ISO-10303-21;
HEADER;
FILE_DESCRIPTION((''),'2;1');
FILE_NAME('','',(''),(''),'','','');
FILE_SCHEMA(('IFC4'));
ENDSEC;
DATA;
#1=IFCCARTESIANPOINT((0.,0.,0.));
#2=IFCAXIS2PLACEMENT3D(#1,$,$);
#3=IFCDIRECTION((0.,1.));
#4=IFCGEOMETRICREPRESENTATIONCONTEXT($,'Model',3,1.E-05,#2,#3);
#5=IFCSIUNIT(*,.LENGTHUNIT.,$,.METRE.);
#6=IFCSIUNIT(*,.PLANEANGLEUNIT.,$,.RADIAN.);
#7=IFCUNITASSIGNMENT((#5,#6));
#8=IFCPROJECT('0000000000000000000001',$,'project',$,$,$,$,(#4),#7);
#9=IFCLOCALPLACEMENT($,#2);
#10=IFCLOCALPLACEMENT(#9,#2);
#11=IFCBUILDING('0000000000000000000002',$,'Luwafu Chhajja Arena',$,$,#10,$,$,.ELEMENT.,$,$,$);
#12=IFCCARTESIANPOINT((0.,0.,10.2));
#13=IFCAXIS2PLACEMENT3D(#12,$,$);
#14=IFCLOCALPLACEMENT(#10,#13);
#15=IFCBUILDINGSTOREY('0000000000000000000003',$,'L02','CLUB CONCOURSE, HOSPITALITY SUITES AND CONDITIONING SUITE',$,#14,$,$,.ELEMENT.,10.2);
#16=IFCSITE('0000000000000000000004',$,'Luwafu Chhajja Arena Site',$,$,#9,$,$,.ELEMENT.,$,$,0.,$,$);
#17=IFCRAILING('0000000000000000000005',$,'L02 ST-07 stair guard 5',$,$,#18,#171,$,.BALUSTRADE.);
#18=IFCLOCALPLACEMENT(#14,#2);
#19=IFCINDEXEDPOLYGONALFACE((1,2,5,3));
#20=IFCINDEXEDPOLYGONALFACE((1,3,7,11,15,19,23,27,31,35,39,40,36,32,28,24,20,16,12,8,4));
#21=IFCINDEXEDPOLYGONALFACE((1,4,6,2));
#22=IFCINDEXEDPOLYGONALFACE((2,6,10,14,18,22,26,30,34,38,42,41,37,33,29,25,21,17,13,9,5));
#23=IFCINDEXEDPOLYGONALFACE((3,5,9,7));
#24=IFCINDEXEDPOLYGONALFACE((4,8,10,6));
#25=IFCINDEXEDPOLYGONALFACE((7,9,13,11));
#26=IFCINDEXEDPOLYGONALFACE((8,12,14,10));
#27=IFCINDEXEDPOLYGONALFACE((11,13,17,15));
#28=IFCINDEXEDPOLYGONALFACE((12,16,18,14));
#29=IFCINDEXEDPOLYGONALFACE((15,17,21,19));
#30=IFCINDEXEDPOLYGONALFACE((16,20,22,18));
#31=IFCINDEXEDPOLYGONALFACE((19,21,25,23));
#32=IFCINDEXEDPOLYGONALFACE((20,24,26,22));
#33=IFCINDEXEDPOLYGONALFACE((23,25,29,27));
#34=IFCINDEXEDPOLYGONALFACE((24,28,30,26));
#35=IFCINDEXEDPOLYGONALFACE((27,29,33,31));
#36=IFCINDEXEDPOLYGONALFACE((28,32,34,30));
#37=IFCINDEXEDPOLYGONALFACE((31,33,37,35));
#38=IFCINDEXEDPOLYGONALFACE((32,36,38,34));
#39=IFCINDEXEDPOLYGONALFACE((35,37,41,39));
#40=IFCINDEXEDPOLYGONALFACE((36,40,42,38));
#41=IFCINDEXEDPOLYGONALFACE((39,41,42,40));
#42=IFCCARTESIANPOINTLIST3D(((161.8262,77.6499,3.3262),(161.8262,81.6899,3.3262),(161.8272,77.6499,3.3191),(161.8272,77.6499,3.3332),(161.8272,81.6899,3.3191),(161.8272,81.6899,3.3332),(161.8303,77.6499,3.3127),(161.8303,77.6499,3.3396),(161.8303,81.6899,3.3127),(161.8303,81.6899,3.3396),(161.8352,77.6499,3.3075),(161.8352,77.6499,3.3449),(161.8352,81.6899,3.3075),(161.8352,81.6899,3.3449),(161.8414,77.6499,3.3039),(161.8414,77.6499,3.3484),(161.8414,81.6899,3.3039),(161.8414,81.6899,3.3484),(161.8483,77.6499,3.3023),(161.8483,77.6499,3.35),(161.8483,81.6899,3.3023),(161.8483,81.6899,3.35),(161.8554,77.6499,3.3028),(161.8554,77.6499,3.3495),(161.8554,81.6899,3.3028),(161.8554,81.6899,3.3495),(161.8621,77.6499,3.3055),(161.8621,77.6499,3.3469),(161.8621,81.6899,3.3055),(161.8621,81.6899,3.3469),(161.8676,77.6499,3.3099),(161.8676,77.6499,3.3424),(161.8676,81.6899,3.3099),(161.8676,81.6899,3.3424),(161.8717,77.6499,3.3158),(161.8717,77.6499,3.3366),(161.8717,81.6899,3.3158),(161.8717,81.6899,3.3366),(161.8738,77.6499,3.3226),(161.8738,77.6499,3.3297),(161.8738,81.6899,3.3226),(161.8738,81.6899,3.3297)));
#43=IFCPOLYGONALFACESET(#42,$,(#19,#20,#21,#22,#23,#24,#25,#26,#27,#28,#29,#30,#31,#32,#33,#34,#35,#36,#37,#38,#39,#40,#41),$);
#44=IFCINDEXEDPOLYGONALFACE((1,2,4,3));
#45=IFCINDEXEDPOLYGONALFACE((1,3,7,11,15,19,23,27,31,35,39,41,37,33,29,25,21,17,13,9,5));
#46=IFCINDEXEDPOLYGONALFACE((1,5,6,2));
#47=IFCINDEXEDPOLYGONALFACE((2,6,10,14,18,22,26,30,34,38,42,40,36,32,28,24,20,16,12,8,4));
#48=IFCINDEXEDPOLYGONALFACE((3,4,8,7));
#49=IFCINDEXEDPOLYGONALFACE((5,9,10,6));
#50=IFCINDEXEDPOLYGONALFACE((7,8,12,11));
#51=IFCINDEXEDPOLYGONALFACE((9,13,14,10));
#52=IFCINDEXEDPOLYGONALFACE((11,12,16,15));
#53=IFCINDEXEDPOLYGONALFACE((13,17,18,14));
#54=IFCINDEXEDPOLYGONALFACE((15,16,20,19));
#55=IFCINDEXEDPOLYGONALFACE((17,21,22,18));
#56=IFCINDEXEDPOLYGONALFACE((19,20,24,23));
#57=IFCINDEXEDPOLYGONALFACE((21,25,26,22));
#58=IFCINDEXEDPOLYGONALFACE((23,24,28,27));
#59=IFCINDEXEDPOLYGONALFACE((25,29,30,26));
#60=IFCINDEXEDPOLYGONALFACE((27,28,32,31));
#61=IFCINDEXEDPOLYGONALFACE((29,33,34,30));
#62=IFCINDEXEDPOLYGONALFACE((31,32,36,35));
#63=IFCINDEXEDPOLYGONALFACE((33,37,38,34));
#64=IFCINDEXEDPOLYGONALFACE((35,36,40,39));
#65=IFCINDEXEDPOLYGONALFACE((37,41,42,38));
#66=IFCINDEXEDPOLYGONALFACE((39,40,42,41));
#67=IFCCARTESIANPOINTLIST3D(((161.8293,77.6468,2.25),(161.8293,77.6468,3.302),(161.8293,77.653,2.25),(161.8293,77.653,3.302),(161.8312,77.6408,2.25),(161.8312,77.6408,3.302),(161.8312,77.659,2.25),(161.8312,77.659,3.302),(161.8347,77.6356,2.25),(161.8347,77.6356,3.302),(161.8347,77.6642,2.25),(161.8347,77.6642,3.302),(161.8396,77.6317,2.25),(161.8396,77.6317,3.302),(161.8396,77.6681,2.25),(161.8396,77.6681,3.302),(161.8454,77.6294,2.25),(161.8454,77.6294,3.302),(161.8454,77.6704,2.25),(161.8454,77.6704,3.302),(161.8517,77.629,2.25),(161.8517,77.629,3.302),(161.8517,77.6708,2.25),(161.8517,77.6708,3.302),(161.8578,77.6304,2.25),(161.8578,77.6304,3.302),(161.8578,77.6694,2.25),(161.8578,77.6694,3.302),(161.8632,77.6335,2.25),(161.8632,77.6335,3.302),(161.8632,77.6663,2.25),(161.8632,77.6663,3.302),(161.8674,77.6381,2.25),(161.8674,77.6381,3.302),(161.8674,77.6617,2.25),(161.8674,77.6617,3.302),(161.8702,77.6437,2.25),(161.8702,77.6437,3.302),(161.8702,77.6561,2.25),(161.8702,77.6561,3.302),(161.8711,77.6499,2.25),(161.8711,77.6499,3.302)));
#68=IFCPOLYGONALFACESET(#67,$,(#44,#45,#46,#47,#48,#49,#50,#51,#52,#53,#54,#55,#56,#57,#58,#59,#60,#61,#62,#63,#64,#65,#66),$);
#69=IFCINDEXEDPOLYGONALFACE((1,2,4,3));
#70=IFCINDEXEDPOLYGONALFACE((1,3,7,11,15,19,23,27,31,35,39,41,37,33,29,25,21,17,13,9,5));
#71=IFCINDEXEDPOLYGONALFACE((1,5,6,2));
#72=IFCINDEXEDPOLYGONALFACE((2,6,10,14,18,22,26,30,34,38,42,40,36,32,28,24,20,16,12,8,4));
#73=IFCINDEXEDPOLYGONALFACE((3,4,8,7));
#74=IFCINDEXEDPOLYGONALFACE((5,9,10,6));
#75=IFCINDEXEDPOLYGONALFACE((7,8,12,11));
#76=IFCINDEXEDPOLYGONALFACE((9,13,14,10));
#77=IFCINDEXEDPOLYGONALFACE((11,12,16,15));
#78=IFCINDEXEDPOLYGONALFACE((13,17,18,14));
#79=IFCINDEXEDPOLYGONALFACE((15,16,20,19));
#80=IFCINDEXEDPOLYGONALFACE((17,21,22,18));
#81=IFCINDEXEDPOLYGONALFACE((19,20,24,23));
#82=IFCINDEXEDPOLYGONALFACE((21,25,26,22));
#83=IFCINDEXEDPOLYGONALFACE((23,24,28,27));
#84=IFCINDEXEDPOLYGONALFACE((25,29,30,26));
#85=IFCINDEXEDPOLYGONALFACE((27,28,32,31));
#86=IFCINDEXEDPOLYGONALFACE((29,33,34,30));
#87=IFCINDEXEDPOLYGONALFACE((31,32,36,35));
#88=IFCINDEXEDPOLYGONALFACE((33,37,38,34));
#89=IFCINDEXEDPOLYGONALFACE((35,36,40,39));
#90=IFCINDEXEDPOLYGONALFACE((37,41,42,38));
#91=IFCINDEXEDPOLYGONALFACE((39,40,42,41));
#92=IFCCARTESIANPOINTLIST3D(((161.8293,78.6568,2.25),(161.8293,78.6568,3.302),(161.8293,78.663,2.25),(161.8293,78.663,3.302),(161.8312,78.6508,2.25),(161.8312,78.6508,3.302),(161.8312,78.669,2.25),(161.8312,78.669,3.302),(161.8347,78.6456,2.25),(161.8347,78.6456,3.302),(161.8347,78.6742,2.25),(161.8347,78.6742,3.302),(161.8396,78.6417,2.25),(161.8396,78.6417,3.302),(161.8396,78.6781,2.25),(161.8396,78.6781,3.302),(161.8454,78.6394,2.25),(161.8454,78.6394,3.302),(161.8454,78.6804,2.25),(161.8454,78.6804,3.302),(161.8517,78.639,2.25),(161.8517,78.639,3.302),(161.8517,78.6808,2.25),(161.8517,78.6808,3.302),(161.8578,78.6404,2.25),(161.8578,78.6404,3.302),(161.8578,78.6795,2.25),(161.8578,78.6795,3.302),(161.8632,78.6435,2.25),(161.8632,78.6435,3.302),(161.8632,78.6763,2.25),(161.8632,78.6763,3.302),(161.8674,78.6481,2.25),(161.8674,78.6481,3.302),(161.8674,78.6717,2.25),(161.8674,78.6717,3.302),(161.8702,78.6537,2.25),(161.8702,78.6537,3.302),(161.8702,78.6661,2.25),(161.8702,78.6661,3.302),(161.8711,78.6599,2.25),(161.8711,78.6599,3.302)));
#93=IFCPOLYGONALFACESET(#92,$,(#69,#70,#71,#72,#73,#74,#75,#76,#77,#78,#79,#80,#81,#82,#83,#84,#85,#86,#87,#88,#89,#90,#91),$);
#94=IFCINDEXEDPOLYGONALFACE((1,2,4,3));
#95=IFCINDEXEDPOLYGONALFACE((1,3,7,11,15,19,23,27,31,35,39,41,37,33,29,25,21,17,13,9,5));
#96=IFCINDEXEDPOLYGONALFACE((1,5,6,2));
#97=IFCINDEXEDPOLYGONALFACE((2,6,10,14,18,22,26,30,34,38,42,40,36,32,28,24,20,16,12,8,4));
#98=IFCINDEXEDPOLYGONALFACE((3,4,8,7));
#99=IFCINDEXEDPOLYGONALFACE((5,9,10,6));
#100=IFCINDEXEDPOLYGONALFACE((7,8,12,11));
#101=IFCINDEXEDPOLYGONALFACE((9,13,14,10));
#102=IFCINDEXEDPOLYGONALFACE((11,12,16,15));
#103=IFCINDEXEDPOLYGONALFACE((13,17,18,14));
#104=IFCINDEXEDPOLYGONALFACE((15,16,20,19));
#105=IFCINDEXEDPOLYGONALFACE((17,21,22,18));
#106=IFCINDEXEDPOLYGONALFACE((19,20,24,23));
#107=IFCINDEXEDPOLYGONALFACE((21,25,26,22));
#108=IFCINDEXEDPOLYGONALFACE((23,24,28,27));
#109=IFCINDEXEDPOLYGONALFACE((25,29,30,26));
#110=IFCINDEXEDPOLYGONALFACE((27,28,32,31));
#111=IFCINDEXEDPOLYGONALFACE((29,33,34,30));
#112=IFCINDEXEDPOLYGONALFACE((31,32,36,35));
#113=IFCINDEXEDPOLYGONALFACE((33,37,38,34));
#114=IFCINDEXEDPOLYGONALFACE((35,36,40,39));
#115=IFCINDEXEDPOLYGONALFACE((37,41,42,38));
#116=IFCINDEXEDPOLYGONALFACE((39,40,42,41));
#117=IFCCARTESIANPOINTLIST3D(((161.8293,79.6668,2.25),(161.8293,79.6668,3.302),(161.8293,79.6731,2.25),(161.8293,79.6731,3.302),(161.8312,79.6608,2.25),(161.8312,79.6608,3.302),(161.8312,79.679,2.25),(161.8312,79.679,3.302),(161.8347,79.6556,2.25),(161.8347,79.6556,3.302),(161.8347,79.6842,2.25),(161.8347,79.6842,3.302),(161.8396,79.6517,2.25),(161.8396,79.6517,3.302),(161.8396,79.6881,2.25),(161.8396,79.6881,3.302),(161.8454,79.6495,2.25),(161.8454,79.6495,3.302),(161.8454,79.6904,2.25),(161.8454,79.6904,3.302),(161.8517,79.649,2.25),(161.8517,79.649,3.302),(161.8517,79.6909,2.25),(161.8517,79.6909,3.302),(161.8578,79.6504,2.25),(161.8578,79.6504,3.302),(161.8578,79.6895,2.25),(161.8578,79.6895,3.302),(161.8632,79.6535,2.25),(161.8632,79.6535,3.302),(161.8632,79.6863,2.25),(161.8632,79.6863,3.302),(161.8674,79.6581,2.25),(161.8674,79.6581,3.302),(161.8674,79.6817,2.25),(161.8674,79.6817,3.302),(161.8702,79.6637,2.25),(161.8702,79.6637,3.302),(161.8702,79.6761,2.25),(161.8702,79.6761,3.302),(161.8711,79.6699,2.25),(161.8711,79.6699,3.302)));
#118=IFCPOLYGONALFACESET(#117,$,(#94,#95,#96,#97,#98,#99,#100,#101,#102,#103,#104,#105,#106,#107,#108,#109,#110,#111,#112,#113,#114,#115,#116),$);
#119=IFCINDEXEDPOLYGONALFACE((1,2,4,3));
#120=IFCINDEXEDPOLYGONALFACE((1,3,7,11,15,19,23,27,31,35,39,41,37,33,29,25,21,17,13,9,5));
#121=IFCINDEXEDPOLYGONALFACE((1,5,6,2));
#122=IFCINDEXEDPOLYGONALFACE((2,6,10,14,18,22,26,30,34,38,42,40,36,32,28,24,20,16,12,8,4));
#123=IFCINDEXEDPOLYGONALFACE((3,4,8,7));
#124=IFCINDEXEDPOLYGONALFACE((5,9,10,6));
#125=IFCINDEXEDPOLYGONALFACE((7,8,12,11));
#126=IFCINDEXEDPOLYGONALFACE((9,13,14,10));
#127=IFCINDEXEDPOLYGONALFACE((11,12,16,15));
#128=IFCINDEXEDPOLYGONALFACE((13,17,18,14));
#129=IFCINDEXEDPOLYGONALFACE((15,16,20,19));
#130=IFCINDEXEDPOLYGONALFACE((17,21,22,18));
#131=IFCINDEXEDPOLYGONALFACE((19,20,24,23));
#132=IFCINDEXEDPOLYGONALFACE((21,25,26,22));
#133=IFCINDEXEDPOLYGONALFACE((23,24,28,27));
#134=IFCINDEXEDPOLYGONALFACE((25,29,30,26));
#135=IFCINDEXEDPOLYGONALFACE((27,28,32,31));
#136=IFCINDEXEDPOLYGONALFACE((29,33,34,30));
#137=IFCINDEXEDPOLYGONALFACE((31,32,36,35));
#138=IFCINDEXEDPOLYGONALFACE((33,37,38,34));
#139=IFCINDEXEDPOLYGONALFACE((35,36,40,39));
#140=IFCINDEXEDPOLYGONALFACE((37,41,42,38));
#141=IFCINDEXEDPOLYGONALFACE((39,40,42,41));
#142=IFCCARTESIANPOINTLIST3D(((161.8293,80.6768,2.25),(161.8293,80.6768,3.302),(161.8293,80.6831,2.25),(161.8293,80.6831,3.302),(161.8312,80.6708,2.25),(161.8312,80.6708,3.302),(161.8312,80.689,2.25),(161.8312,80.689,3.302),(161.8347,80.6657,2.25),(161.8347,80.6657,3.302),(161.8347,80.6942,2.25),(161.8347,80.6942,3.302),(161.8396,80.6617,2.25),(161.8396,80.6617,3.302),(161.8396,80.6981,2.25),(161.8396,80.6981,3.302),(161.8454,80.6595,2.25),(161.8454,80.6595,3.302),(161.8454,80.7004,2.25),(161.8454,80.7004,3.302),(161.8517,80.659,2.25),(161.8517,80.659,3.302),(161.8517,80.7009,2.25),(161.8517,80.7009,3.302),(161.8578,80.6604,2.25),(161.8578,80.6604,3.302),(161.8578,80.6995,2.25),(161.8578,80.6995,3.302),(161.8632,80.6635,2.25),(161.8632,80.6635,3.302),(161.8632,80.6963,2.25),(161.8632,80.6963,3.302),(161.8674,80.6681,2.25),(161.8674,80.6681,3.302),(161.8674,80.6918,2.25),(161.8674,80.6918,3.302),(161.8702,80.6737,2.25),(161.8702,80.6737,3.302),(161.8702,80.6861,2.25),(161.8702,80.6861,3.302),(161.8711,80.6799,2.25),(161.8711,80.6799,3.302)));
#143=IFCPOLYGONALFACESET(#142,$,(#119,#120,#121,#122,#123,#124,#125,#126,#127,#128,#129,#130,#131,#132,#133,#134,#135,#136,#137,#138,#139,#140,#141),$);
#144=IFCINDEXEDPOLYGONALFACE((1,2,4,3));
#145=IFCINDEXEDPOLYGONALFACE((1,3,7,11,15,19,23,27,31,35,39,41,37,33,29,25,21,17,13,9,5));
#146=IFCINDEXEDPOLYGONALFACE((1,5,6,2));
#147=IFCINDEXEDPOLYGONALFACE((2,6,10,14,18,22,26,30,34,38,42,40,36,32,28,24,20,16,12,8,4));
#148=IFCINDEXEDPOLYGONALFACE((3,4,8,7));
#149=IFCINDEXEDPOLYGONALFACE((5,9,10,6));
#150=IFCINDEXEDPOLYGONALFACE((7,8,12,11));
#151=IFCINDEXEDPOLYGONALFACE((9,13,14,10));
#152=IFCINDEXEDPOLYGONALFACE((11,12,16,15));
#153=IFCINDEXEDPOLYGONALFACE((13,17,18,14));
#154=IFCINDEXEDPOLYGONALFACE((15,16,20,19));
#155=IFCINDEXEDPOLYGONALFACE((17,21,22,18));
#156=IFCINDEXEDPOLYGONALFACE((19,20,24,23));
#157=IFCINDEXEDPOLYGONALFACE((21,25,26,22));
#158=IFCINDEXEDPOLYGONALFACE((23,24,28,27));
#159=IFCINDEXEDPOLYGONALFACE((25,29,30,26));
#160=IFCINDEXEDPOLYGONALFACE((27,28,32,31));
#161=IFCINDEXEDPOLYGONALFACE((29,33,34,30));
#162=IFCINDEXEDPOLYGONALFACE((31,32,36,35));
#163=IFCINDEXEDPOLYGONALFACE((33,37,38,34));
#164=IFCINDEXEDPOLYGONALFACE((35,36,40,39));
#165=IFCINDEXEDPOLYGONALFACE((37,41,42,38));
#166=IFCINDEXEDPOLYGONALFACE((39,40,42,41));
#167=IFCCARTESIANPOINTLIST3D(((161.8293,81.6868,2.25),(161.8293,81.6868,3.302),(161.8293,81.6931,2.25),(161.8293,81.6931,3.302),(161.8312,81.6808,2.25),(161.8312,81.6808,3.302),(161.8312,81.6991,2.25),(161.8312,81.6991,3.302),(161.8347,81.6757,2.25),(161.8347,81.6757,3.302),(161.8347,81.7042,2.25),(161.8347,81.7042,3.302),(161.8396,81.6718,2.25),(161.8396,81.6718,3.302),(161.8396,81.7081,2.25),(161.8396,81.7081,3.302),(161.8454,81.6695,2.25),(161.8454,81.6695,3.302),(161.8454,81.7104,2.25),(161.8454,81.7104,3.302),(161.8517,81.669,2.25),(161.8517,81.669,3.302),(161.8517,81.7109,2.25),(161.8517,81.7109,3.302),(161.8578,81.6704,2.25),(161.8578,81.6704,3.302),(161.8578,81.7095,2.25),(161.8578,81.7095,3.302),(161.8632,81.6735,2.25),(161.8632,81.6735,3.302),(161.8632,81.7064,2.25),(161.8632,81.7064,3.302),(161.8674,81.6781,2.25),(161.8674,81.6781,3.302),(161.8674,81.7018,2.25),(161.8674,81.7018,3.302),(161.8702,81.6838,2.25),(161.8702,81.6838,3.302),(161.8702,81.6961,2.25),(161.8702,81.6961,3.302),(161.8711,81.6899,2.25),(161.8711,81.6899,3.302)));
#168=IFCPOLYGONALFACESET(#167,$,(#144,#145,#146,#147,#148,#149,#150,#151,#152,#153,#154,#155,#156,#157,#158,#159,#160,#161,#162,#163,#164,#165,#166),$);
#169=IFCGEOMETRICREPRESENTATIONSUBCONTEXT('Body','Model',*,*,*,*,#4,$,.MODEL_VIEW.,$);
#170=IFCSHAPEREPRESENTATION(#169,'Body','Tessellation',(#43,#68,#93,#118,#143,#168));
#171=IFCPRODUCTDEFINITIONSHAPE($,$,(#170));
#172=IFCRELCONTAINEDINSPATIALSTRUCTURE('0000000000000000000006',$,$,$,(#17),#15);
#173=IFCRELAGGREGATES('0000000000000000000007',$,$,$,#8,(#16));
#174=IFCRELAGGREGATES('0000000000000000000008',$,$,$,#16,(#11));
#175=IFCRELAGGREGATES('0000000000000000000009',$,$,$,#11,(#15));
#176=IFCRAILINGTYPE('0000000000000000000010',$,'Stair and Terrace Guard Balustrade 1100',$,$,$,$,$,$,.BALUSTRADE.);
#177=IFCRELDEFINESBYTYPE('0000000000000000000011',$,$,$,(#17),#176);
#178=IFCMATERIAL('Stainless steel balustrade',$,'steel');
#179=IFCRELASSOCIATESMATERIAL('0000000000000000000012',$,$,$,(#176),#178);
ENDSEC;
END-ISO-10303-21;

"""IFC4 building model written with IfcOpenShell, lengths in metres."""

from ifc_helpers import new_model, si_unit, direction, frame, origin, origin_2d, place, context, subcontext, project, spatial, circle, extrude, material, type_object, element, save


model = new_model("IFC4")

# Units and contexts
model_context = context("Model", 3, precision=1e-05, world=origin(), true_north=direction((0.0, 1.0)))
body_context = subcontext(model_context, "Body", "Model", "MODEL_VIEW")
ifc_project = project(units=[si_unit("LENGTHUNIT", "METRE"), si_unit("PLANEANGLEUNIT", "RADIAN")], contexts=[model_context])

# Site, building, storey
site_placement = place(None, origin())
site = spatial("IfcSite", under=ifc_project, at=site_placement, Name="Luwafu Chhajja Arena Site", CompositionType="ELEMENT", RefElevation=0.0)
building_placement = place(site_placement, origin())
building = spatial("IfcBuilding", under=site, at=building_placement, Name="Luwafu Chhajja Arena", CompositionType="ELEMENT")
storey_placement = place(building_placement, frame((0.0, 0.0, 10.2)))
storey = spatial("IfcBuildingStorey", under=building, at=storey_placement, Name="L02", Description="CLUB CONCOURSE, HOSPITALITY SUITES AND CONDITIONING SUITE", CompositionType="ELEMENT", Elevation=10.2)

# Railing
ifc_material_1 = material(Name="Stainless steel balustrade", Category="steel")
railing_type_1 = type_object("IfcRailingType", Name="Stair and Terrace Guard Balustrade 1100", PredefinedType="BALUSTRADE", material=ifc_material_1)
railing_1_placement = place(storey_placement, frame((161.8501, 77.6499, 2.25)))
element("IfcRailing", 1, at=railing_1_placement, inside=storey, type_object=railing_type_1, Name="L02 ST-07 stair guard 5", PredefinedType="BALUSTRADE", context=body_context, shape_type="SweptSolid", body=[
    extrude(circle(Radius=0.0239, at=origin_2d()), frame((0.0, 0.0, 1.0762), z_axis=(0.0, 1.0, 0.0), x_axis=(-1.0, 0.0, 0.0)), (0.0, 0.0, 1.0), 4.04),
    extrude(circle(Radius=0.021, at=origin_2d()), origin(), (0.0, 0.0, 1.0), 1.052),
    extrude(circle(Radius=0.021, at=origin_2d()), frame((0.0, 1.01, 0.0)), (0.0, 0.0, 1.0), 1.052),
    extrude(circle(Radius=0.021, at=origin_2d()), frame((0.0, 2.02, 0.0)), (0.0, 0.0, 1.0), 1.052),
    extrude(circle(Radius=0.021, at=origin_2d()), frame((0.0, 3.03, 0.0)), (0.0, 0.0, 1.0), 1.052),
    extrude(circle(Radius=0.021, at=origin_2d()), frame((0.0, 4.04, 0.0)), (0.0, 0.0, 1.0), 1.052),
])

save(model, "model.ifc")
